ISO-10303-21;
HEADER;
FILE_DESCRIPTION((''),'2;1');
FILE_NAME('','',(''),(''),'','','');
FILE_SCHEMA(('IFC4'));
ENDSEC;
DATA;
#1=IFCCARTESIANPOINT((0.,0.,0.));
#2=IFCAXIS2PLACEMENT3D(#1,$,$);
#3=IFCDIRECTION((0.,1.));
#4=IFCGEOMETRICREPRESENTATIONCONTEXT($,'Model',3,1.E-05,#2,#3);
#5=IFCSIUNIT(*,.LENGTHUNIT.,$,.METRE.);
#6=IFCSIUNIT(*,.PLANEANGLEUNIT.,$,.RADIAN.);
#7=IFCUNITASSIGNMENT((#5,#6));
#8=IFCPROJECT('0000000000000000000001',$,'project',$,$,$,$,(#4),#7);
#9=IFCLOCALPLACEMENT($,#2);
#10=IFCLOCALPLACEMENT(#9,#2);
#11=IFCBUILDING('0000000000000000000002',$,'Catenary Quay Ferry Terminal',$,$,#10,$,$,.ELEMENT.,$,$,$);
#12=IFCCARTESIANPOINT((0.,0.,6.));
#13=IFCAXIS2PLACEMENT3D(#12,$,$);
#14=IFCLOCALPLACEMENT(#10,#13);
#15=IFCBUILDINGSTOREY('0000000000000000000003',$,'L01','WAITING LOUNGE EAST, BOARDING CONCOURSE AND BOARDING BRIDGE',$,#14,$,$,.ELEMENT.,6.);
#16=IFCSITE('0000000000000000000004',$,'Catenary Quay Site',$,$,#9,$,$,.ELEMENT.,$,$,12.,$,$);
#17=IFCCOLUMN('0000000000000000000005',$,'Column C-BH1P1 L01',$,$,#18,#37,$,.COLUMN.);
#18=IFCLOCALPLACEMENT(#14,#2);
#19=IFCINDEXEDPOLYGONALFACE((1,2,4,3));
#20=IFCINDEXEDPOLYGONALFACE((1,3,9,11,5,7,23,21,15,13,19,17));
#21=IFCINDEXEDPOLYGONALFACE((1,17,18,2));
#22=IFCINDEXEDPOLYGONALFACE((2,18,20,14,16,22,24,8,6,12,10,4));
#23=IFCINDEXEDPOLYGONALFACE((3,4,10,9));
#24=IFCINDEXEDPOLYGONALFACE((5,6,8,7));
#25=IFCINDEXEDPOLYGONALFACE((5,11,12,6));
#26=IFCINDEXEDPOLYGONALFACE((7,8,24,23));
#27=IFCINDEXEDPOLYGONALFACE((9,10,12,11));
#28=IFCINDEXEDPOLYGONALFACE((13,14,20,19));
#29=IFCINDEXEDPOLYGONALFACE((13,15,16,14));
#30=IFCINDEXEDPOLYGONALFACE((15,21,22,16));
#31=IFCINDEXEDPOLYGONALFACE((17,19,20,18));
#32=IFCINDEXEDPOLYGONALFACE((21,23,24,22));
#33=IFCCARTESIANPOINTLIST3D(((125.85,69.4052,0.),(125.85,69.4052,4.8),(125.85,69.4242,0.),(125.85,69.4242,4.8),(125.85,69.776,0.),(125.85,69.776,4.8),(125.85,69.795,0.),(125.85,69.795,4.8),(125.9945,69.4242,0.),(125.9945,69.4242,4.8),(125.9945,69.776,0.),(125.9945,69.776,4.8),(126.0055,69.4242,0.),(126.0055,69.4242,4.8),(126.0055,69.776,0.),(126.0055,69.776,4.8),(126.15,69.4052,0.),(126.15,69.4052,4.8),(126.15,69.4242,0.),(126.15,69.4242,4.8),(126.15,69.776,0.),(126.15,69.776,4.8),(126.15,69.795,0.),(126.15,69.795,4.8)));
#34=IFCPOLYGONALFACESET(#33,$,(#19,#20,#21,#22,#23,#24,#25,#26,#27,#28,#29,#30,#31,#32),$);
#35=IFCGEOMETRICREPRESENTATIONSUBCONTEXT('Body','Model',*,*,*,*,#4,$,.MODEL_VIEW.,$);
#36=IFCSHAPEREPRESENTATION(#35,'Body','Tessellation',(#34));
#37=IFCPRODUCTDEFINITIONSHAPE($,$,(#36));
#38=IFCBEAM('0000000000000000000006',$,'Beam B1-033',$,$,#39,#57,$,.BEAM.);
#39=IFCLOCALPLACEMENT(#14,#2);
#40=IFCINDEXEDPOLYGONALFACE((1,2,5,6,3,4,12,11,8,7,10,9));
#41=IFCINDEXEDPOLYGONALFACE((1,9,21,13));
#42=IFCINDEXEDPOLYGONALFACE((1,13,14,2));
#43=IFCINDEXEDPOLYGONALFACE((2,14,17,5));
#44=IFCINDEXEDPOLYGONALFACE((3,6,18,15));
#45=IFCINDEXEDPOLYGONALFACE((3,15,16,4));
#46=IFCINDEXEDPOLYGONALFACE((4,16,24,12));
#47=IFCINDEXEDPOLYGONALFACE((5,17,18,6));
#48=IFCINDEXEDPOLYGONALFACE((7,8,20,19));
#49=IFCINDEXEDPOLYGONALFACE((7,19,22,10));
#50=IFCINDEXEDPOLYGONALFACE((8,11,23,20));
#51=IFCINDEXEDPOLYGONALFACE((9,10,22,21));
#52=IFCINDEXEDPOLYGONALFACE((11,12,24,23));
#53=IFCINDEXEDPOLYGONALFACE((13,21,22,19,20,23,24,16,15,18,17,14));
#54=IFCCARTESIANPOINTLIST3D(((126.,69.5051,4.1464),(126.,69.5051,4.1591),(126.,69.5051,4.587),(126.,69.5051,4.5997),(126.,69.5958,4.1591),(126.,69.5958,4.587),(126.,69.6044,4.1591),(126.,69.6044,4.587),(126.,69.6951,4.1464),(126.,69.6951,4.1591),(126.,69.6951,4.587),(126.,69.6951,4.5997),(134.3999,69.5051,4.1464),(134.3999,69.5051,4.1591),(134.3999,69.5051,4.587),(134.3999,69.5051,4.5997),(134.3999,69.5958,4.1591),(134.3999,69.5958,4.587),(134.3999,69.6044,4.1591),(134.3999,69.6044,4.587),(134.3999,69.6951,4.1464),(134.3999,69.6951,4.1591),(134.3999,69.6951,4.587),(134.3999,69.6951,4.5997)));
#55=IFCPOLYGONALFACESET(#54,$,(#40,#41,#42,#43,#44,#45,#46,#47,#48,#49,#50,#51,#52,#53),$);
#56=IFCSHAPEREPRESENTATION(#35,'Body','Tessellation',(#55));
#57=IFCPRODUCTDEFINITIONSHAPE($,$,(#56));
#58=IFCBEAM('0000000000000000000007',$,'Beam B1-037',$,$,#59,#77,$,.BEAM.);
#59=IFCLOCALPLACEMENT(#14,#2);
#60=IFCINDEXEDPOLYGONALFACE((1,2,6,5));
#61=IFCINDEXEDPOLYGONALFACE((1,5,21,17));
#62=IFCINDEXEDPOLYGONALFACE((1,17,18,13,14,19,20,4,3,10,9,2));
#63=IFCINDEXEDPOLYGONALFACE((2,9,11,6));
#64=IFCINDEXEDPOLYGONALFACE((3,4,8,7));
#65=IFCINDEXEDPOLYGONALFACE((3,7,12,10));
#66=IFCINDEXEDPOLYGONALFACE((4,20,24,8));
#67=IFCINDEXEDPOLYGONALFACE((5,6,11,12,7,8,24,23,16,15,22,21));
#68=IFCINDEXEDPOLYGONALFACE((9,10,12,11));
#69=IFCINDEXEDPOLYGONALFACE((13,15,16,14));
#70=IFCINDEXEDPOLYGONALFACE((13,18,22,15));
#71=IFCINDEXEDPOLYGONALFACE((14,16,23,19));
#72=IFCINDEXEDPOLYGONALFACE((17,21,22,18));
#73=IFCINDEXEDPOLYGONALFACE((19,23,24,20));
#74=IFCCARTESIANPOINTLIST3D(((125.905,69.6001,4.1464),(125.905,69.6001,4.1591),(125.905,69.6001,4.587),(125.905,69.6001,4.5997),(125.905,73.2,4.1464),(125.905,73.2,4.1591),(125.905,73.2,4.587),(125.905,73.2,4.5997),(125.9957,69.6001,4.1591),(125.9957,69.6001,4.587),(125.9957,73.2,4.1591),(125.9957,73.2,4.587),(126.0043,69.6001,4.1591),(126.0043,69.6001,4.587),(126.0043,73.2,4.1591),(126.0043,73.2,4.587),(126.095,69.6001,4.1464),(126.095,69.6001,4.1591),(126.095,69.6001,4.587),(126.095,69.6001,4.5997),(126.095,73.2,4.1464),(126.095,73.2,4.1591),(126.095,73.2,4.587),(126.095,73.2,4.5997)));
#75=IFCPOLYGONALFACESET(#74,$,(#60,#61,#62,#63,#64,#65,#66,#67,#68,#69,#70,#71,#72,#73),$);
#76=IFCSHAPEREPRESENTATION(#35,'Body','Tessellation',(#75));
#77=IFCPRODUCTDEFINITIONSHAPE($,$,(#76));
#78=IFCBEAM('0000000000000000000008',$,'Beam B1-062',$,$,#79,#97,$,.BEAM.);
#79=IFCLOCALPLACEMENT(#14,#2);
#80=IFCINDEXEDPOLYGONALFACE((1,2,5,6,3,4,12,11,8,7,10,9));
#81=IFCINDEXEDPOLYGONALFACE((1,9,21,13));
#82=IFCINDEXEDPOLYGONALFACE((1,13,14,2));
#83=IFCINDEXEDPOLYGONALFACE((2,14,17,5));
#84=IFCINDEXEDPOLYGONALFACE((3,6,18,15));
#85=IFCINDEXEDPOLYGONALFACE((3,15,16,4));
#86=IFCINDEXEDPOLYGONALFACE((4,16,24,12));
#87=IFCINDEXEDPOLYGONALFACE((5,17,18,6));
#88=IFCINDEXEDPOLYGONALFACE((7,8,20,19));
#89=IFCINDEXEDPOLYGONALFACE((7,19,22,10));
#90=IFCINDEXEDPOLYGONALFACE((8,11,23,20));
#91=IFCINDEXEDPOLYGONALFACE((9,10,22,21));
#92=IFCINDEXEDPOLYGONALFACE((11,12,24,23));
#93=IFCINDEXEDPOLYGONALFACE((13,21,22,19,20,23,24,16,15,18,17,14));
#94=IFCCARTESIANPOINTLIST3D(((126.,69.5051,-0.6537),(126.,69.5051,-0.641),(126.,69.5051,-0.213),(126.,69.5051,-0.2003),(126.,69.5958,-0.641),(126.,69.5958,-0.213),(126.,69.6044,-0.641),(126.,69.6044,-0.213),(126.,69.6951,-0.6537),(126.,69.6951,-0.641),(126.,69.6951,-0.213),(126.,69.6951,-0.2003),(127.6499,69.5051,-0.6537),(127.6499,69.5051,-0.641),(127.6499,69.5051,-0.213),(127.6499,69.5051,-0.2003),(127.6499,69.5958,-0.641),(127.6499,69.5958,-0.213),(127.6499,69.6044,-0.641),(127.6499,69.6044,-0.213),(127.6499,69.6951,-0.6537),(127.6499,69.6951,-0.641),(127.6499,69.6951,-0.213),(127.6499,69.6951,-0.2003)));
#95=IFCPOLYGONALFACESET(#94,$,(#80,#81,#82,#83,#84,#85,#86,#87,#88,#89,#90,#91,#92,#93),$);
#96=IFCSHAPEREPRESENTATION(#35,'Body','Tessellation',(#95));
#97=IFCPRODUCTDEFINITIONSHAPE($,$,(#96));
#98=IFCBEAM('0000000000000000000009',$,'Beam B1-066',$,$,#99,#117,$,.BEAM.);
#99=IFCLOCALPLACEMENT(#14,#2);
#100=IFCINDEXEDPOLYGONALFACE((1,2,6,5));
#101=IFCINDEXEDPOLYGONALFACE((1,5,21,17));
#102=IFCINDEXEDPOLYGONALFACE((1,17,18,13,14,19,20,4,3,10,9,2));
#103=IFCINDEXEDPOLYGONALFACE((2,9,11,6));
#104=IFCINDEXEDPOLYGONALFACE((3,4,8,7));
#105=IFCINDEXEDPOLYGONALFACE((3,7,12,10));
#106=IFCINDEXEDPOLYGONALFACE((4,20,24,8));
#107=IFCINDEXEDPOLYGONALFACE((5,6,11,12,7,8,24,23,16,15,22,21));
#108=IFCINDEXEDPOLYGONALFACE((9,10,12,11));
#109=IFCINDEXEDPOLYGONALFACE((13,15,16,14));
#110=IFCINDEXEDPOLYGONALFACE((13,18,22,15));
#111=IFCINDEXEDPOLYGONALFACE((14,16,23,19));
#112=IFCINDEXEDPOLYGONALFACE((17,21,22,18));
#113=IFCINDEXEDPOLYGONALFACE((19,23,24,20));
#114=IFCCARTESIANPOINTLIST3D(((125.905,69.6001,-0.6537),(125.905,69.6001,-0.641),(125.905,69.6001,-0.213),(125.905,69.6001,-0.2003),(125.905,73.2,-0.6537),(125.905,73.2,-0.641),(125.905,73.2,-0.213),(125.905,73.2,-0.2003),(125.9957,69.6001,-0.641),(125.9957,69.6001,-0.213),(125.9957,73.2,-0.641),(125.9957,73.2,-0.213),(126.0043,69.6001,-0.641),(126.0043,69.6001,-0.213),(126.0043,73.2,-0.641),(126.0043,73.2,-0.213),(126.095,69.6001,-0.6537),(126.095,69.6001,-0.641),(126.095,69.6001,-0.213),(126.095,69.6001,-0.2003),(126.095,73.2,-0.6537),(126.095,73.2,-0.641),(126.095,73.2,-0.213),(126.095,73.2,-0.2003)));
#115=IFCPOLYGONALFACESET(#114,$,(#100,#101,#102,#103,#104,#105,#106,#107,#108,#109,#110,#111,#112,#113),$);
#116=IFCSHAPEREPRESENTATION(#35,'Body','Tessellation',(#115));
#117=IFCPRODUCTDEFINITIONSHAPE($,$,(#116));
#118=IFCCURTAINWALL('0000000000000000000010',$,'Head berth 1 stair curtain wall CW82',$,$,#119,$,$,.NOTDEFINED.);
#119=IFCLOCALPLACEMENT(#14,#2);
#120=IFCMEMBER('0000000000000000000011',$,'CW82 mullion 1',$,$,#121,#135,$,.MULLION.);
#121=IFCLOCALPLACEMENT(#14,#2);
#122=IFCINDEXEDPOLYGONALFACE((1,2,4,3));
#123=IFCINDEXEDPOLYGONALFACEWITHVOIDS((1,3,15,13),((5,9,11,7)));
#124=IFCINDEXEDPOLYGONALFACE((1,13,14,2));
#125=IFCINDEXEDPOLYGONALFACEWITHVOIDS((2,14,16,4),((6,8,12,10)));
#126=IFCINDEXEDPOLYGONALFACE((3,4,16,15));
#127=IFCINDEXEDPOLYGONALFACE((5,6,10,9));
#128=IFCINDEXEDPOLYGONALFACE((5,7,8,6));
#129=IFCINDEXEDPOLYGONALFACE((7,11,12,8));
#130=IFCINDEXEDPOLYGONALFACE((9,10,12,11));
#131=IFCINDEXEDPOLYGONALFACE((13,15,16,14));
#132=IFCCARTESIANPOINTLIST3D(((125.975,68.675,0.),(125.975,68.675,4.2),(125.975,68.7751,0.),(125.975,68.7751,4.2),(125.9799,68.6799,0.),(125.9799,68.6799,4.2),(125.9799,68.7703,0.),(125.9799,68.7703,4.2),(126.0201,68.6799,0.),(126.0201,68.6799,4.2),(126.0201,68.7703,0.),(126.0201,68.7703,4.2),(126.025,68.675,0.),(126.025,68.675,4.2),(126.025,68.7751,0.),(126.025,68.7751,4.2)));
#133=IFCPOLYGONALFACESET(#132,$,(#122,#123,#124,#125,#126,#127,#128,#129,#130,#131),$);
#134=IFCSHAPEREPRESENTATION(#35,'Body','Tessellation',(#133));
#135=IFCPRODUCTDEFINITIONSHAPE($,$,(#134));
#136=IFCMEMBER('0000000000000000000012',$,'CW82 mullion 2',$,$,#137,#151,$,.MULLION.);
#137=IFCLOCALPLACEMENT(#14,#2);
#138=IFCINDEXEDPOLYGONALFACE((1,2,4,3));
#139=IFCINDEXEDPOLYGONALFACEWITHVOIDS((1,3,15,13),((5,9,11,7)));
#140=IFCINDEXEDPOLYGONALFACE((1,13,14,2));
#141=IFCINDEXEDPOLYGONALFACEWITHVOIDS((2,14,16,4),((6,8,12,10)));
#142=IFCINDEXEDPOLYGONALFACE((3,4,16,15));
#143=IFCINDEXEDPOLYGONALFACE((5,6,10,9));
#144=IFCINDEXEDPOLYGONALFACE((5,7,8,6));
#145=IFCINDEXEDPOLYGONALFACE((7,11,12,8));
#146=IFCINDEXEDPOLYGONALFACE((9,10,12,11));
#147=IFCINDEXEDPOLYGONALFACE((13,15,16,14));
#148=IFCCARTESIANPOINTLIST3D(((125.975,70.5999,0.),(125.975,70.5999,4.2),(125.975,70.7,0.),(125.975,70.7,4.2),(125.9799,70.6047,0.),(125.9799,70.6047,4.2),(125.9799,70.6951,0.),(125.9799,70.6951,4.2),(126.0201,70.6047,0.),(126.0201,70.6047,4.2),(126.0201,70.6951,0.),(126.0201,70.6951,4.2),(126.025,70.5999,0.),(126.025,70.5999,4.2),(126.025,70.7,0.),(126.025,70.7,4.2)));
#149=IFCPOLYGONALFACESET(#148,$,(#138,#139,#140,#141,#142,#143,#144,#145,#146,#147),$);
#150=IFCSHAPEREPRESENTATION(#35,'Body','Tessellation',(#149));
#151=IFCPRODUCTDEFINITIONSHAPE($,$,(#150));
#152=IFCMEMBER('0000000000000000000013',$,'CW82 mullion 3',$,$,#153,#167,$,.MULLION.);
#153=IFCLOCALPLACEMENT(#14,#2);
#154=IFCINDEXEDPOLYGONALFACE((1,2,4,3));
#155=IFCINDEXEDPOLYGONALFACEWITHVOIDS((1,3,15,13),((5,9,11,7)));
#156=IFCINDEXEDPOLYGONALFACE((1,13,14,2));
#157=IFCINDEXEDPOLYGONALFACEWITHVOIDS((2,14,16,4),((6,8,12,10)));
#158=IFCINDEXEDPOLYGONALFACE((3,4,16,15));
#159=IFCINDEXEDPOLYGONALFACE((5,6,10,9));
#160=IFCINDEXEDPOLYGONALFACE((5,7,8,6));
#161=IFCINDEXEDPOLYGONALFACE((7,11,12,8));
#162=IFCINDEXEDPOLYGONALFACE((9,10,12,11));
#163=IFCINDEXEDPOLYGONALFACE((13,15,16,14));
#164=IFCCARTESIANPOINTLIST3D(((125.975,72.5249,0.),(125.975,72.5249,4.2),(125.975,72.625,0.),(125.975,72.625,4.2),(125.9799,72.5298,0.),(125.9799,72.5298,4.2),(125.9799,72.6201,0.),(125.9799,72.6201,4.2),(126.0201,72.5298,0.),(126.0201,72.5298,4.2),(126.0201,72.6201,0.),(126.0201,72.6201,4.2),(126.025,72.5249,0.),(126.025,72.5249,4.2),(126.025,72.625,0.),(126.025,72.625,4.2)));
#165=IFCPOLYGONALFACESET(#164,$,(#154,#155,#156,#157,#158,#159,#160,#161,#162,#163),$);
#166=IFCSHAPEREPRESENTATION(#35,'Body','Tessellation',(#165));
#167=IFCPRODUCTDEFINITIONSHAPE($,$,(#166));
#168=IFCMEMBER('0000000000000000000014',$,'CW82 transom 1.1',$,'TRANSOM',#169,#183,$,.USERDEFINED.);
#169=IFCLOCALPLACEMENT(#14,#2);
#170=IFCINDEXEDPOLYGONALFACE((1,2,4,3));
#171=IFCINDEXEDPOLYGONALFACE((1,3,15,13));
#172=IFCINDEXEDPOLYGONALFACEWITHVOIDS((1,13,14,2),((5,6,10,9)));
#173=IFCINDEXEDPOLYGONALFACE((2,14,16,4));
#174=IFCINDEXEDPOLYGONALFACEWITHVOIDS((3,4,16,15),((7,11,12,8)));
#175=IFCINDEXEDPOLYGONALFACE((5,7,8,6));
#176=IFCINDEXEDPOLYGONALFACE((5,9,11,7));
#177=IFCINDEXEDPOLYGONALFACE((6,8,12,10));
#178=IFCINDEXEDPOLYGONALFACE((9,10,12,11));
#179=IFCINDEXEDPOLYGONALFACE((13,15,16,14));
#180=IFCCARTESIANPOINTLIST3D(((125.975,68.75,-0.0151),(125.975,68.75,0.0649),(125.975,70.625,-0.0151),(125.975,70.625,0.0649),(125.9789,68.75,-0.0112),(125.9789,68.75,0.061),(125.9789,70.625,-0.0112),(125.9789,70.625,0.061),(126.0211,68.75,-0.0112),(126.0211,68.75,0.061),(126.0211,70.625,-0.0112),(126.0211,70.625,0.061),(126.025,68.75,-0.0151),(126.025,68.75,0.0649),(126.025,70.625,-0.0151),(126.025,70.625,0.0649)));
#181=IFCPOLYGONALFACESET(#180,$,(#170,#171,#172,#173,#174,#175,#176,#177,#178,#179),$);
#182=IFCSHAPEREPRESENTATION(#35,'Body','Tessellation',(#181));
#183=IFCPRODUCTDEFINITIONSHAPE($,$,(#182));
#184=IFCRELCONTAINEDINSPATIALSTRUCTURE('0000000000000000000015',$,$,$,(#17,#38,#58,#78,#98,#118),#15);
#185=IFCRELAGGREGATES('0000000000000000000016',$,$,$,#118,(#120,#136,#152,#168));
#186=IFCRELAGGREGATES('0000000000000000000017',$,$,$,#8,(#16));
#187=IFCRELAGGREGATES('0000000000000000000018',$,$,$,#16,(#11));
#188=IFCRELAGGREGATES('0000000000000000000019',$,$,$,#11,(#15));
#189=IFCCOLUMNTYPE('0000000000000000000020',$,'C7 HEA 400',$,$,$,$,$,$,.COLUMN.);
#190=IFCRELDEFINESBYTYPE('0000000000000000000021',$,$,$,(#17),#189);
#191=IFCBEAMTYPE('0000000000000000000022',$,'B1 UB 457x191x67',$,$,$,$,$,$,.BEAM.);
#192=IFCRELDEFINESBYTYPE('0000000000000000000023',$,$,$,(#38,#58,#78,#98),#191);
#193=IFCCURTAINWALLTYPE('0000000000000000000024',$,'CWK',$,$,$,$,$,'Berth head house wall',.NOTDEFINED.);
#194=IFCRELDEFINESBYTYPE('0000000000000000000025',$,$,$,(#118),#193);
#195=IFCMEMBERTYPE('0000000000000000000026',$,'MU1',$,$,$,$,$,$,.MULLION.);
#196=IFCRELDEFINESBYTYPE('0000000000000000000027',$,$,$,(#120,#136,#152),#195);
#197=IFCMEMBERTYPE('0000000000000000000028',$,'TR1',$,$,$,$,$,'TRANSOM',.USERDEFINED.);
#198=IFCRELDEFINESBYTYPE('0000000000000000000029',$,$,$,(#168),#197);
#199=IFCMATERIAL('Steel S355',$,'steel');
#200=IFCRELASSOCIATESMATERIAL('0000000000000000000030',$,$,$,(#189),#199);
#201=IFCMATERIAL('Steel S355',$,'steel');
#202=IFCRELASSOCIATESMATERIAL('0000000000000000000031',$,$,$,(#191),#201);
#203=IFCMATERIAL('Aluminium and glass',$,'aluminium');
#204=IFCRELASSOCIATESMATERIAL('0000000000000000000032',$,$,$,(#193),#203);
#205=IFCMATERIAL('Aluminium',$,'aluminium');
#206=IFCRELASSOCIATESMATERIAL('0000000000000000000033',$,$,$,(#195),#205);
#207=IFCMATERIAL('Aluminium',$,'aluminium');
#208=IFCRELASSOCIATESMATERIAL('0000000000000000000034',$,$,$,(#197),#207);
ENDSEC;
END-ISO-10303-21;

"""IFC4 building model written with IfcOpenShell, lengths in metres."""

from ifc_helpers import new_model, si_unit, direction, frame, origin, origin_2d, place, context, subcontext, project, spatial, hollow_rectangle, i_section, extrude, material, material_profile, profile_set, type_object, element, aggregate, save


model = new_model("IFC4")

# Units and contexts
model_context = context("Model", 3, precision=1e-05, world=origin(), true_north=direction((0.0, 1.0)))
body_context = subcontext(model_context, "Body", "Model", "MODEL_VIEW")
ifc_project = project(units=[si_unit("LENGTHUNIT", "METRE"), si_unit("PLANEANGLEUNIT", "RADIAN")], contexts=[model_context])

# Site, building, storey
site_placement = place(None, origin())
site = spatial("IfcSite", under=ifc_project, at=site_placement, Name="Catenary Quay Site", CompositionType="ELEMENT", RefElevation=12.0)
building_placement = place(site_placement, origin())
building = spatial("IfcBuilding", under=site, at=building_placement, Name="Catenary Quay Ferry Terminal", CompositionType="ELEMENT")
storey_placement = place(building_placement, frame((0.0, 0.0, 6.0)))
storey = spatial("IfcBuildingStorey", under=building, at=storey_placement, Name="L01", Description="WAITING LOUNGE EAST, BOARDING CONCOURSE AND BOARDING BRIDGE", CompositionType="ELEMENT", Elevation=6.0)

# Column
ifc_material_1 = material(Name="Steel S355", Category="steel")
ifc_material_profile_1 = material_profile(ifc_material_1, i_section(OverallWidth=0.3, OverallDepth=0.3899, WebThickness=0.011, FlangeThickness=0.019, at=origin_2d()), Name="HEA 400")
ifc_profile_set_1 = profile_set([ifc_material_profile_1], Name="Steel S355")
column_type = type_object("IfcColumnType", Name="C7 HEA 400", PredefinedType="COLUMN", material=ifc_profile_set_1)
column_placement = place(storey_placement, frame((126.0, 69.6001, 0.0), z_axis=(0.0, 0.0, 1.0), x_axis=(1.0, 0.0, 0.0)))
element("IfcColumn", 1, at=column_placement, inside=storey, type_object=column_type, Name="Column C-BH1P1 L01", PredefinedType="COLUMN", context=body_context, shape_type="SweptSolid", body=[
    extrude(i_section(OverallWidth=0.3, OverallDepth=0.3899, WebThickness=0.011, FlangeThickness=0.019, at=origin_2d()), origin(), (0.0, 0.0, 1.0), 4.8),
])

# Beams
ifc_material_2 = material(Name="Steel S355", Category="steel")
ifc_material_profile_2 = material_profile(ifc_material_2, i_section(OverallWidth=0.1899, OverallDepth=0.4534, WebThickness=0.0085, FlangeThickness=0.0127, at=origin_2d()), Name="UB 457x191x67")
ifc_profile_set_2 = profile_set([ifc_material_profile_2], Name="Steel S355")
beam_type = type_object("IfcBeamType", Name="B1 UB 457x191x67", PredefinedType="BEAM", material=ifc_profile_set_2)
beam_1_placement = place(storey_placement, frame((126.0, 69.6001, 4.373), z_axis=(1.0, 0.0, 0.0), x_axis=(0.0, 1.0, 0.0)))
element("IfcBeam", 2, at=beam_1_placement, inside=storey, type_object=beam_type, Name="Beam B1-033", PredefinedType="BEAM", context=body_context, shape_type="SweptSolid", body=[
    extrude(i_section(OverallWidth=0.1899, OverallDepth=0.4534, WebThickness=0.0085, FlangeThickness=0.0127, at=origin_2d()), origin(), (0.0, 0.0, 1.0), 8.3999),
])
beam_2_placement = place(storey_placement, frame((126.0, 69.6001, 4.373), z_axis=(0.0, 1.0, 0.0), x_axis=(-1.0, 0.0, 0.0)))
element("IfcBeam", 3, at=beam_2_placement, inside=storey, type_object=beam_type, Name="Beam B1-037", PredefinedType="BEAM", context=body_context, shape_type="SweptSolid", body=[
    extrude(i_section(OverallWidth=0.1899, OverallDepth=0.4534, WebThickness=0.0085, FlangeThickness=0.0127, at=origin_2d()), origin(), (0.0, 0.0, 1.0), 3.5999),
])
beam_3_placement = place(storey_placement, frame((126.0, 69.6001, -0.427), z_axis=(1.0, 0.0, 0.0), x_axis=(0.0, 1.0, 0.0)))
element("IfcBeam", 4, at=beam_3_placement, inside=storey, type_object=beam_type, Name="Beam B1-062", PredefinedType="BEAM", context=body_context, shape_type="SweptSolid", body=[
    extrude(i_section(OverallWidth=0.1899, OverallDepth=0.4534, WebThickness=0.0085, FlangeThickness=0.0127, at=origin_2d()), origin(), (0.0, 0.0, 1.0), 1.6499),
])
beam_4_placement = place(storey_placement, frame((126.0, 69.6001, -0.427), z_axis=(0.0, 1.0, 0.0), x_axis=(-1.0, 0.0, 0.0)))
element("IfcBeam", 5, at=beam_4_placement, inside=storey, type_object=beam_type, Name="Beam B1-066", PredefinedType="BEAM", context=body_context, shape_type="SweptSolid", body=[
    extrude(i_section(OverallWidth=0.1899, OverallDepth=0.4534, WebThickness=0.0085, FlangeThickness=0.0127, at=origin_2d()), origin(), (0.0, 0.0, 1.0), 3.5999),
])

# Curtain wall, members
ifc_material_3 = material(Name="Aluminium and glass", Category="aluminium")
curtain_wall_type = type_object("IfcCurtainWallType", Name="CWK", ElementType="Berth head house wall", PredefinedType="NOTDEFINED", material=ifc_material_3)
curtain_wall_placement = place(storey_placement, origin())
curtain_wall = element("IfcCurtainWall", 6, at=curtain_wall_placement, inside=storey, type_object=curtain_wall_type, Name="Head berth 1 stair curtain wall CW82", PredefinedType="NOTDEFINED")
ifc_material_4 = material(Name="Aluminium", Category="aluminium")
ifc_material_profile_3 = material_profile(ifc_material_4, hollow_rectangle(XDim=0.05, YDim=0.1001, WallThickness=0.0049, at=origin_2d()), Name="MU1")
ifc_profile_set_3 = profile_set([ifc_material_profile_3], Name="Aluminium")
member_type_1 = type_object("IfcMemberType", Name="MU1", PredefinedType="MULLION", material=ifc_profile_set_3)
member_1_placement = place(storey_placement, frame((126.0, 68.7251, 0.0), z_axis=(0.0, 0.0, 1.0), x_axis=(-1.0, 0.0, 0.0)))
member_1 = element("IfcMember", 7, at=member_1_placement, type_object=member_type_1, Name="CW82 mullion 1", PredefinedType="MULLION", context=body_context, shape_type="SweptSolid", body=[
    extrude(hollow_rectangle(XDim=0.05, YDim=0.1001, WallThickness=0.0049, at=origin_2d()), origin(), (0.0, 0.0, 1.0), 4.2),
])
member_2_placement = place(storey_placement, frame((126.0, 70.6499, 0.0), z_axis=(0.0, 0.0, 1.0), x_axis=(-1.0, 0.0, 0.0)))
member_2 = element("IfcMember", 8, at=member_2_placement, type_object=member_type_1, Name="CW82 mullion 2", PredefinedType="MULLION", context=body_context, shape_type="SweptSolid", body=[
    extrude(hollow_rectangle(XDim=0.05, YDim=0.1001, WallThickness=0.0049, at=origin_2d()), origin(), (0.0, 0.0, 1.0), 4.2),
])
member_3_placement = place(storey_placement, frame((126.0, 72.575, 0.0), z_axis=(0.0, 0.0, 1.0), x_axis=(-1.0, 0.0, 0.0)))
member_3 = element("IfcMember", 9, at=member_3_placement, type_object=member_type_1, Name="CW82 mullion 3", PredefinedType="MULLION", context=body_context, shape_type="SweptSolid", body=[
    extrude(hollow_rectangle(XDim=0.05, YDim=0.1001, WallThickness=0.0049, at=origin_2d()), origin(), (0.0, 0.0, 1.0), 4.2),
])
ifc_material_5 = material(Name="Aluminium", Category="aluminium")
ifc_material_profile_4 = material_profile(ifc_material_5, hollow_rectangle(XDim=0.05, YDim=0.0801, WallThickness=0.0039, at=origin_2d()), Name="TR1")
ifc_profile_set_4 = profile_set([ifc_material_profile_4], Name="Aluminium")
member_type_2 = type_object("IfcMemberType", Name="TR1", ElementType="TRANSOM", PredefinedType="USERDEFINED", material=ifc_profile_set_4)
member_4_placement = place(storey_placement, frame((126.0, 68.75, 0.0249), z_axis=(0.0, 1.0, 0.0), x_axis=(-1.0, 0.0, 0.0)))
member_4 = element("IfcMember", 10, at=member_4_placement, type_object=member_type_2, Name="CW82 transom 1.1", ObjectType="TRANSOM", PredefinedType="USERDEFINED", context=body_context, shape_type="SweptSolid", body=[
    extrude(hollow_rectangle(XDim=0.05, YDim=0.0801, WallThickness=0.0039, at=origin_2d()), origin(), (0.0, 0.0, 1.0), 1.875),
])
aggregate(curtain_wall, [member_1, member_2, member_3, member_4])

save(model, "model.ifc")
